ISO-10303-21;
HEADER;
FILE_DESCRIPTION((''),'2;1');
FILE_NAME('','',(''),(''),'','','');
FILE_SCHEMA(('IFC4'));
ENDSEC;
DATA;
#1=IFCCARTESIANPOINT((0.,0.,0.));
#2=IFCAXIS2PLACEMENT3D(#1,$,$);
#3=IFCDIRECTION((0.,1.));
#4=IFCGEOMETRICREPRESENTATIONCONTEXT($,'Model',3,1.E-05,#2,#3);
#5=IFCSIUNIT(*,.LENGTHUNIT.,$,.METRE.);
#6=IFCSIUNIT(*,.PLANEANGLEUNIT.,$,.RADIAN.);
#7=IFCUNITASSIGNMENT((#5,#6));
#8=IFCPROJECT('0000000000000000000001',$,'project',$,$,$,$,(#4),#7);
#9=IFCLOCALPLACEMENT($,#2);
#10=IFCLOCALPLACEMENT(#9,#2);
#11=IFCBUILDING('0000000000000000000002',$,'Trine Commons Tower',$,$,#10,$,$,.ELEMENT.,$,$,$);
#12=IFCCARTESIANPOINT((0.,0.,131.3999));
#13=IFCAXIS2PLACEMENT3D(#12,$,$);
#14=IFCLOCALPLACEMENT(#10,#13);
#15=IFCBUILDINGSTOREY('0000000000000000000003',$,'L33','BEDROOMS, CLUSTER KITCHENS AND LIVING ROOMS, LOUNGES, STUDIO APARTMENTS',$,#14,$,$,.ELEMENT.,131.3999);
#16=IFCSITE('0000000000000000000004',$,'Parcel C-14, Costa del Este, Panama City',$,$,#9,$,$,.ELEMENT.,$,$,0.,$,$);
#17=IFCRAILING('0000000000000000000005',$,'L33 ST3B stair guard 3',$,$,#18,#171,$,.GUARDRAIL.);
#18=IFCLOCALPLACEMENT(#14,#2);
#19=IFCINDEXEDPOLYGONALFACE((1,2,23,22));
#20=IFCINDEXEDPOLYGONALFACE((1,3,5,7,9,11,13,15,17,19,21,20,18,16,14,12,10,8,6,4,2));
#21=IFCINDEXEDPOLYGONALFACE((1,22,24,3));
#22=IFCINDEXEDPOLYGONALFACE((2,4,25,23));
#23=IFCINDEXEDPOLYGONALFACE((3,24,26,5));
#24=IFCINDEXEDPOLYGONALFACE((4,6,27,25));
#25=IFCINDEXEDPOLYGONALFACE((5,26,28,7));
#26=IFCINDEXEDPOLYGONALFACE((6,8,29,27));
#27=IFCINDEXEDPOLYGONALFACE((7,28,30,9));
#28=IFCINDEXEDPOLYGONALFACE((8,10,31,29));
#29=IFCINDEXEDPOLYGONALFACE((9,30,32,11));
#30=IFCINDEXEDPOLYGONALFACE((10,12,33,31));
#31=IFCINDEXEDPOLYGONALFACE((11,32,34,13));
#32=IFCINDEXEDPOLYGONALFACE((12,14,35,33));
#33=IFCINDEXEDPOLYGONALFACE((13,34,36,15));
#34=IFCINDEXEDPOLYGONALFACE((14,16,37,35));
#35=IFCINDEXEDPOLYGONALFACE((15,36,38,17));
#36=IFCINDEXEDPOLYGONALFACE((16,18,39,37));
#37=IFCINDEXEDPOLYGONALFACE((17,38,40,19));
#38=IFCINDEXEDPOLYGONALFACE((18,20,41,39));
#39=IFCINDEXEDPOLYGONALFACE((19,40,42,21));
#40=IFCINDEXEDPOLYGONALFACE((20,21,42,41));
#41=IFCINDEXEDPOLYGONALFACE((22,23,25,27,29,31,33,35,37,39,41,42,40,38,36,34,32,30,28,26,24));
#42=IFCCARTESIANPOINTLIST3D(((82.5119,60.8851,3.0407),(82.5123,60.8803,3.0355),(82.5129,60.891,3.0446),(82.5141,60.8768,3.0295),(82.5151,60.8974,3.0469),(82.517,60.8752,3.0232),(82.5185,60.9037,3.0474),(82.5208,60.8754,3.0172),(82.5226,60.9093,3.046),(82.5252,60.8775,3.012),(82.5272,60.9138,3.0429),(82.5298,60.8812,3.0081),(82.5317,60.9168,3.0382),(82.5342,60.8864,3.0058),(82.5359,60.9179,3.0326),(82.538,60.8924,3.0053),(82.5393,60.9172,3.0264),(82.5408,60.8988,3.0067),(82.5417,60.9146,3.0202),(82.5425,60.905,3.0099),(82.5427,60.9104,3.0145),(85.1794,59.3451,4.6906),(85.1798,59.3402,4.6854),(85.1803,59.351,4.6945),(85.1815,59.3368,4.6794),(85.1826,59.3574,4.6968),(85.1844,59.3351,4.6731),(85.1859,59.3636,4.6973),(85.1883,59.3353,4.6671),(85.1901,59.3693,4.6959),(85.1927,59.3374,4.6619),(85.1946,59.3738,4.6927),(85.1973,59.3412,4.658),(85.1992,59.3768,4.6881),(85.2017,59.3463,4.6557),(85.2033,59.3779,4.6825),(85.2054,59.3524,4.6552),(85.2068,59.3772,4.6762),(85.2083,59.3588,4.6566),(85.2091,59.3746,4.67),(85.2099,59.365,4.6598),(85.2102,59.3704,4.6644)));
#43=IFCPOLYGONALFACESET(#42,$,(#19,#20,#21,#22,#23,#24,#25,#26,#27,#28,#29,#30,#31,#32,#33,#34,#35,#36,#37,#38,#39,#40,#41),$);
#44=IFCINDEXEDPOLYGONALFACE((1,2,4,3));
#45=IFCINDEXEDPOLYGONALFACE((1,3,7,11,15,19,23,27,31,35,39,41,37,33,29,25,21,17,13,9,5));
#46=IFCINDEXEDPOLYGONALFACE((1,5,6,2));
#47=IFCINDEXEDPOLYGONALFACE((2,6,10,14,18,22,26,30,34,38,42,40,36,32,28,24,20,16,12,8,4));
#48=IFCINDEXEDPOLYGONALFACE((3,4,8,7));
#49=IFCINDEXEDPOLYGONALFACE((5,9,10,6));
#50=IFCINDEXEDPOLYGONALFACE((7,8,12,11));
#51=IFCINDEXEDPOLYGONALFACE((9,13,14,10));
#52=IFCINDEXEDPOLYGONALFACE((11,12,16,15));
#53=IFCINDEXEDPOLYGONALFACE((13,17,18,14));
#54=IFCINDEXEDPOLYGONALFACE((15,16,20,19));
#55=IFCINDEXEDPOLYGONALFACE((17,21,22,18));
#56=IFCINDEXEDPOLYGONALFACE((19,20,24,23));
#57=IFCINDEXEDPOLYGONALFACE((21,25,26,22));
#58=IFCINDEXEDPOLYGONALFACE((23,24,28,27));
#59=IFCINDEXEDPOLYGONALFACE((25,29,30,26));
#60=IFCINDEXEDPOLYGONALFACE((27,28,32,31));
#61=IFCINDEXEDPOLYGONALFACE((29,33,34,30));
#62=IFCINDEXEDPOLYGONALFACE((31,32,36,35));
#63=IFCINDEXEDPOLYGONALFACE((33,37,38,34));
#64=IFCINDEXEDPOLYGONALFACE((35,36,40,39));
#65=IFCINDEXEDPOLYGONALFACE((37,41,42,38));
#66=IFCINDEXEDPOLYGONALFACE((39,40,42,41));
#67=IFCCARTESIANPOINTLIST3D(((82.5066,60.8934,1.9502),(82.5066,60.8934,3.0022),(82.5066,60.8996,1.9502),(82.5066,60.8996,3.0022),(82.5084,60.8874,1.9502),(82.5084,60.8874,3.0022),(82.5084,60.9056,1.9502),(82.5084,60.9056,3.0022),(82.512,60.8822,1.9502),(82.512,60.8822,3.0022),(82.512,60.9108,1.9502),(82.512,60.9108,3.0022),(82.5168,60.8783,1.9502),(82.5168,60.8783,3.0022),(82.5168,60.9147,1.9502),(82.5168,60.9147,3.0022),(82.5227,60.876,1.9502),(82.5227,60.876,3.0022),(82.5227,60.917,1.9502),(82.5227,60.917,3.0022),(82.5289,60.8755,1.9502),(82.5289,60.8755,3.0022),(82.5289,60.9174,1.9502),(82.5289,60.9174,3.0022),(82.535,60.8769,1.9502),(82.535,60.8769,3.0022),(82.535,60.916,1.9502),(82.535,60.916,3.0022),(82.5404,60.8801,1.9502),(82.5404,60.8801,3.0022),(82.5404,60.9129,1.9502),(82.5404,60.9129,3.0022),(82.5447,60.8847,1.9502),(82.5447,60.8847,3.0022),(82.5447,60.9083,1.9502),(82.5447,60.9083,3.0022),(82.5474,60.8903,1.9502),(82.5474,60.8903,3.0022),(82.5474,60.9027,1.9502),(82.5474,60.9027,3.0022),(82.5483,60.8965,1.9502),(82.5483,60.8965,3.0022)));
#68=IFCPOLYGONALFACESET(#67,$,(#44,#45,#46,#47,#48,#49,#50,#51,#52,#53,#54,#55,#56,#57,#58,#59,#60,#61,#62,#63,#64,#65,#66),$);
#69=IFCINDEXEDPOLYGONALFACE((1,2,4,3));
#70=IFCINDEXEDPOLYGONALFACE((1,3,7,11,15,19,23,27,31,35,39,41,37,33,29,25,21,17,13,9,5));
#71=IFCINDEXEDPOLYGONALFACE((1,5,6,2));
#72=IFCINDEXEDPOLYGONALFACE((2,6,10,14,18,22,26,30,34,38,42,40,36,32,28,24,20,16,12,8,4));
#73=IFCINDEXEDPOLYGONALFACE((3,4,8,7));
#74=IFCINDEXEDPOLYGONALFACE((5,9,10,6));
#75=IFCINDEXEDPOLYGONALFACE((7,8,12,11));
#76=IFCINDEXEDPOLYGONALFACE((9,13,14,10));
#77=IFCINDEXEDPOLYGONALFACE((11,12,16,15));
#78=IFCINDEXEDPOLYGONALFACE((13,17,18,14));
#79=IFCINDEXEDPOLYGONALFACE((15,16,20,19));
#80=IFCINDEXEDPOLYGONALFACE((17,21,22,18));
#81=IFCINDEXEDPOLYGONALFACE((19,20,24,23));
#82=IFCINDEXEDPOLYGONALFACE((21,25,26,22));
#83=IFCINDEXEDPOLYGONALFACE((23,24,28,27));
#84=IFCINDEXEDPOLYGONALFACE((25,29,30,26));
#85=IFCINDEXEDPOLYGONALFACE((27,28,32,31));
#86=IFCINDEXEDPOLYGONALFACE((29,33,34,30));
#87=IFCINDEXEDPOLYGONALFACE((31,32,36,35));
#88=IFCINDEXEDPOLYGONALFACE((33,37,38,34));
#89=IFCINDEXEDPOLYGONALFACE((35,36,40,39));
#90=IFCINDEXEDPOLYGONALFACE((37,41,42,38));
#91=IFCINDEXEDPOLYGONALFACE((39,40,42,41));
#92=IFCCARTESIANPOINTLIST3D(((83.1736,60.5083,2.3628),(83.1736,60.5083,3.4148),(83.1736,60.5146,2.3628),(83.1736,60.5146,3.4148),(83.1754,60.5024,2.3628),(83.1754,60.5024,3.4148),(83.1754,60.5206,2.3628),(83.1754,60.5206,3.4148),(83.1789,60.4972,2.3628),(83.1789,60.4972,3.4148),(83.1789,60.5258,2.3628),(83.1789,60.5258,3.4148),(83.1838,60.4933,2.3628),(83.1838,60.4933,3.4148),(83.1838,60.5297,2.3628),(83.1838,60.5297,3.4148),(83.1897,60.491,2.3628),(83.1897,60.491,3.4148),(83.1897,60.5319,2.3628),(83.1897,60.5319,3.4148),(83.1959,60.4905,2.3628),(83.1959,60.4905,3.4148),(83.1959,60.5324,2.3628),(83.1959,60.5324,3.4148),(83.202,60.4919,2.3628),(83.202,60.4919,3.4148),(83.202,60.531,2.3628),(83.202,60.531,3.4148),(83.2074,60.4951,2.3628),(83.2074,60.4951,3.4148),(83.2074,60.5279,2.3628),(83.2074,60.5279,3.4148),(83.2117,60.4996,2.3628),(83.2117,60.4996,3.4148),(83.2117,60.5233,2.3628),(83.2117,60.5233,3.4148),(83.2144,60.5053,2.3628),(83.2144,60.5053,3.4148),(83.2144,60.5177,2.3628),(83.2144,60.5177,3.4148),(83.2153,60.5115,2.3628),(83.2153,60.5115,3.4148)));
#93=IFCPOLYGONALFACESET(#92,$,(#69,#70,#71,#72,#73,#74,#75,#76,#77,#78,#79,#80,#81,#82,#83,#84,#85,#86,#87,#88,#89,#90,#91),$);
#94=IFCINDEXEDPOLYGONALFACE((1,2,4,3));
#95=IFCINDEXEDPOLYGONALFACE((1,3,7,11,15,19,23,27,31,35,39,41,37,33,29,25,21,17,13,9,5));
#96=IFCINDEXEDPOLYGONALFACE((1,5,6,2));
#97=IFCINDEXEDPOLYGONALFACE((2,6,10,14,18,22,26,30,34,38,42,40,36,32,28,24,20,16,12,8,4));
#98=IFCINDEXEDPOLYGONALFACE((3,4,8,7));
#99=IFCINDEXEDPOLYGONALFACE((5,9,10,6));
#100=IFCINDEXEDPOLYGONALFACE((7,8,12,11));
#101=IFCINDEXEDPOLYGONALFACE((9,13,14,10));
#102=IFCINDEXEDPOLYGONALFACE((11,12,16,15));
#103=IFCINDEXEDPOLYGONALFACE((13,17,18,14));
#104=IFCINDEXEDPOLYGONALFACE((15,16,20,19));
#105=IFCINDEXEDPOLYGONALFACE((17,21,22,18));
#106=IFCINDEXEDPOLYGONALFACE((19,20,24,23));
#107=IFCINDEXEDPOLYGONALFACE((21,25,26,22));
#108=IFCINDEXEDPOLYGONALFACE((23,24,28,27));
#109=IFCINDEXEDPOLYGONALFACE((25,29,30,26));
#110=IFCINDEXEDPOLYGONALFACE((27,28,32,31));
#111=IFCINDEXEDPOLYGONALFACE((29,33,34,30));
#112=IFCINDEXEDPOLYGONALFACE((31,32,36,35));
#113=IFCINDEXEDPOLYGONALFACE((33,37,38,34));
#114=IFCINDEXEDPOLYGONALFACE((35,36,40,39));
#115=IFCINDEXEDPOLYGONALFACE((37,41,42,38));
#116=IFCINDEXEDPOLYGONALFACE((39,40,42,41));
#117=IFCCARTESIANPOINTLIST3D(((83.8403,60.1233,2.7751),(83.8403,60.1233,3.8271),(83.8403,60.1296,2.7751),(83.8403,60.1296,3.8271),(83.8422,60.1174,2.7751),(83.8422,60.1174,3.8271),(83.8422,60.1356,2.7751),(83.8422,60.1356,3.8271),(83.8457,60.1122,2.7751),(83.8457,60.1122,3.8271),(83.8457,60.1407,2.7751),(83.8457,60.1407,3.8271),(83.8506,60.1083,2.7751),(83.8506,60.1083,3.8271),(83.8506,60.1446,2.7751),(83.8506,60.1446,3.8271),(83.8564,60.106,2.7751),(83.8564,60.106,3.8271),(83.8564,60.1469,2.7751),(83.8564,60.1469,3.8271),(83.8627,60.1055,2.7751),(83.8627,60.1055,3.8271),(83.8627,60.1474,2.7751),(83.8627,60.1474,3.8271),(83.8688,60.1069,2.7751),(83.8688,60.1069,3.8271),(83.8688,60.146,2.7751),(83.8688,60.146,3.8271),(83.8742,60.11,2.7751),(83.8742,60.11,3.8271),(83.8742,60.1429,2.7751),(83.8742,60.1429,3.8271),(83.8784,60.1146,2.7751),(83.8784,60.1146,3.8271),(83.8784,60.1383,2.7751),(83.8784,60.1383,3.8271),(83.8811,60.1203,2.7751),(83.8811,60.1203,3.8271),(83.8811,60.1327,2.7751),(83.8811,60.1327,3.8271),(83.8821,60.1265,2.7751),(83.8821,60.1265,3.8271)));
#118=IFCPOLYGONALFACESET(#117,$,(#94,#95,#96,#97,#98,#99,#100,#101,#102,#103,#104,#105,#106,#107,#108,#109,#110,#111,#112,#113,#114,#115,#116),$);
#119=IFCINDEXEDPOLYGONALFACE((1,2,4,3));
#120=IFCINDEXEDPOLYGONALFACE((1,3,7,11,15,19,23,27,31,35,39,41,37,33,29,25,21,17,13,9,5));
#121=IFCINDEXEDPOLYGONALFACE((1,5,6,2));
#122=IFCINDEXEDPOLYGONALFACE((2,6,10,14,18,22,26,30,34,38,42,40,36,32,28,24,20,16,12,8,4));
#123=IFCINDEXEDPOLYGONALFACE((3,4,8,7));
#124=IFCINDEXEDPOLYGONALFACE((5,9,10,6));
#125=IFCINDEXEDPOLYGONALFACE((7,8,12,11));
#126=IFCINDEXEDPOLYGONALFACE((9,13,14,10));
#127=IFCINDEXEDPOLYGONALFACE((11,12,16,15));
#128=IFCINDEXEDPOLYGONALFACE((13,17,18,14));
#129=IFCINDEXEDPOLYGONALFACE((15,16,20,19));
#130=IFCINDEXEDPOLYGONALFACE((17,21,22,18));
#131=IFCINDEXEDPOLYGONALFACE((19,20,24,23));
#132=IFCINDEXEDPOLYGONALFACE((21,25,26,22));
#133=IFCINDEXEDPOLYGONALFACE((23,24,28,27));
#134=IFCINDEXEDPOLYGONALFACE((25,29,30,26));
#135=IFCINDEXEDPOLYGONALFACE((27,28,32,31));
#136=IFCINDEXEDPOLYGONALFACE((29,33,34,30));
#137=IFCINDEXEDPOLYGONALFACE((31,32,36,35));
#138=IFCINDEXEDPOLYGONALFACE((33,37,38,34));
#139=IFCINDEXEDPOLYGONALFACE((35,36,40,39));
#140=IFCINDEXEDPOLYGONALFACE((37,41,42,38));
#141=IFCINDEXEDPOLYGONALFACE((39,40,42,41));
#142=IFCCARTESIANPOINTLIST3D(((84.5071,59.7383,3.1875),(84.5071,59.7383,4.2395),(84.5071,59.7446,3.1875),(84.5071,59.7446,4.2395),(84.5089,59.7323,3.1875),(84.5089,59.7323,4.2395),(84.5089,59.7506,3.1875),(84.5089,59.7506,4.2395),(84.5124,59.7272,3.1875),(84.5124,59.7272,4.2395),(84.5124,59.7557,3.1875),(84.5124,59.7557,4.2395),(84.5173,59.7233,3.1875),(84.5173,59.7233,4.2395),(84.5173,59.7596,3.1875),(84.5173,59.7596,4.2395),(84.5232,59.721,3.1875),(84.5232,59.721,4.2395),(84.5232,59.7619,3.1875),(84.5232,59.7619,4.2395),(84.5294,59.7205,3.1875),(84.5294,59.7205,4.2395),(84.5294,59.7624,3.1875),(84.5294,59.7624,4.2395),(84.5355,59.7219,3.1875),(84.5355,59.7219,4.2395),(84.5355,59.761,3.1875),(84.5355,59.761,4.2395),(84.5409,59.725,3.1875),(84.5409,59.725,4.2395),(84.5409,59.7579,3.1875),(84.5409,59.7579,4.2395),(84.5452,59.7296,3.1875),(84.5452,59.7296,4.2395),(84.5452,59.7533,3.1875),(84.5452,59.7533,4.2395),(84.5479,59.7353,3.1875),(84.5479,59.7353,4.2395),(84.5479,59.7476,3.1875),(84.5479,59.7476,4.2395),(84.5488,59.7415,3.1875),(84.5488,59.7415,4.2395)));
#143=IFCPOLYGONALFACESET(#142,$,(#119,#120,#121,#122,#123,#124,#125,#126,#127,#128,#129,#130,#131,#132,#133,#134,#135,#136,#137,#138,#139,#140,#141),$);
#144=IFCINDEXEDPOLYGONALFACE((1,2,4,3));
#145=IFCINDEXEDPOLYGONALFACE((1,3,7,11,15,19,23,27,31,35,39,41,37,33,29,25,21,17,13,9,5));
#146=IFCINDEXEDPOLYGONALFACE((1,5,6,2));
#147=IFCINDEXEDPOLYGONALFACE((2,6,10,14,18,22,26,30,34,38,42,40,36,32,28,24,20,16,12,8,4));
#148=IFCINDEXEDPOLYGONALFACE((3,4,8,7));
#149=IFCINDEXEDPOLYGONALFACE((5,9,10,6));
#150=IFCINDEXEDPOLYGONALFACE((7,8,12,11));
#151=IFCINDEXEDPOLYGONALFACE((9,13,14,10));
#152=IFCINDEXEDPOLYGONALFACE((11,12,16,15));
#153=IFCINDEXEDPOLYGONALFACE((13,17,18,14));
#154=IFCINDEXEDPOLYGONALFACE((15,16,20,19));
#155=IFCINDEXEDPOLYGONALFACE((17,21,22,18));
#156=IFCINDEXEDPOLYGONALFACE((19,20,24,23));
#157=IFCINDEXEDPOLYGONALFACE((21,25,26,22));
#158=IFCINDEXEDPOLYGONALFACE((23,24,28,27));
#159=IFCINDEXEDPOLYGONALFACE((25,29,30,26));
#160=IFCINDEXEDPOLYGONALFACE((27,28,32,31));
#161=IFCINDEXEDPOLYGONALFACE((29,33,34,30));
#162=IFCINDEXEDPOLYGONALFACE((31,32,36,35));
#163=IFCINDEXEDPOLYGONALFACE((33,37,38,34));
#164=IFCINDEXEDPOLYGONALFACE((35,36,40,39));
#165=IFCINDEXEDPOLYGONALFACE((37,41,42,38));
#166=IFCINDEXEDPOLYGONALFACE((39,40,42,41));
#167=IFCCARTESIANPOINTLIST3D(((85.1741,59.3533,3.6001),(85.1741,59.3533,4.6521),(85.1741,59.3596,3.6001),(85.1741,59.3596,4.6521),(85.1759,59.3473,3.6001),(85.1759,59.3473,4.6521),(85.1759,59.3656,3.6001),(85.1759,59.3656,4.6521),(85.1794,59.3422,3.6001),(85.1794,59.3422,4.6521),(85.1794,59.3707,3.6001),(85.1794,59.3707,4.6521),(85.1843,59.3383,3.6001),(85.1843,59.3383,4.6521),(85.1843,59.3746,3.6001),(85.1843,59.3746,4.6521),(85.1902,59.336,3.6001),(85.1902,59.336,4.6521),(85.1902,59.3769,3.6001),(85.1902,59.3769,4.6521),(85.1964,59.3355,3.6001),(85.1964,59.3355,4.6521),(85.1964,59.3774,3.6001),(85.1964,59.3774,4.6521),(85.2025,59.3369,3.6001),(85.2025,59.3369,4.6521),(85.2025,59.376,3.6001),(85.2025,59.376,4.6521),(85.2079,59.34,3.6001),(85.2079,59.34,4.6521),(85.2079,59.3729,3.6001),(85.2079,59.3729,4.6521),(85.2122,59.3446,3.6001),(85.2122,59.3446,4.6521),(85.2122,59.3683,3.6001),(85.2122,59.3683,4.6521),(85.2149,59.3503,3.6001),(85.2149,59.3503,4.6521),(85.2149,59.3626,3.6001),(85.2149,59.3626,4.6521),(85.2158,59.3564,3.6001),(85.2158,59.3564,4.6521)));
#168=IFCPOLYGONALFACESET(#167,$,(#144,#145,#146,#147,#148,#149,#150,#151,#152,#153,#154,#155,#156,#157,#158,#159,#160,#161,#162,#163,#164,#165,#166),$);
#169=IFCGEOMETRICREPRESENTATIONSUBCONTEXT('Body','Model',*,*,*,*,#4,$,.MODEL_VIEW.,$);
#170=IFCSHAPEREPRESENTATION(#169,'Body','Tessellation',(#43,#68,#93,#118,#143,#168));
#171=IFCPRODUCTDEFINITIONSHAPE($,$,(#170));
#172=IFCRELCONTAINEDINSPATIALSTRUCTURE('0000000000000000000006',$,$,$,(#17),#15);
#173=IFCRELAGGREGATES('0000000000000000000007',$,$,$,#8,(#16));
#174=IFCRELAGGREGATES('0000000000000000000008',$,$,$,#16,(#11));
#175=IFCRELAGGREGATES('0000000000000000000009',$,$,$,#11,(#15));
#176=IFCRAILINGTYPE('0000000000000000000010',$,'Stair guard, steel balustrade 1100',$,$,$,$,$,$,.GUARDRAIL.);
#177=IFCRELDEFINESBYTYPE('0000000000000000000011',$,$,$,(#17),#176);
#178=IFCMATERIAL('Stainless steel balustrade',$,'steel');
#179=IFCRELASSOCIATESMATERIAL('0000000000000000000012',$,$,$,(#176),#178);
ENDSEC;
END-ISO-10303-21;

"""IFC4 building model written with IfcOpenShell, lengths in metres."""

from ifc_helpers import new_model, si_unit, direction, frame, origin, origin_2d, place, context, subcontext, project, spatial, circle, extrude, material, type_object, element, save


model = new_model("IFC4")

# Units and contexts
model_context = context("Model", 3, precision=1e-05, world=origin(), true_north=direction((0.0, 1.0)))
body_context = subcontext(model_context, "Body", "Model", "MODEL_VIEW")
ifc_project = project(units=[si_unit("LENGTHUNIT", "METRE"), si_unit("PLANEANGLEUNIT", "RADIAN")], contexts=[model_context])

# Site, building, storey
site_placement = place(None, origin())
site = spatial("IfcSite", under=ifc_project, at=site_placement, Name="Parcel C-14, Costa del Este, Panama City", CompositionType="ELEMENT", RefElevation=0.0)
building_placement = place(site_placement, origin())
building = spatial("IfcBuilding", under=site, at=building_placement, Name="Trine Commons Tower", CompositionType="ELEMENT")
storey_placement = place(building_placement, frame((0.0, 0.0, 131.3999)))
storey = spatial("IfcBuildingStorey", under=building, at=storey_placement, Name="L33", Description="BEDROOMS, CLUSTER KITCHENS AND LIVING ROOMS, LOUNGES, STUDIO APARTMENTS", CompositionType="ELEMENT", Elevation=131.3999)

# Railing
ifc_material_1 = material(Name="Stainless steel balustrade", Category="steel")
railing_type_1 = type_object("IfcRailingType", Name="Stair guard, steel balustrade 1100", PredefinedType="GUARDRAIL", material=ifc_material_1)
railing_1_placement = place(storey_placement, frame((82.5273, 60.8965, 1.9502)))
element("IfcRailing", 1, at=railing_1_placement, inside=storey, type_object=railing_type_1, Name="L33 ST3B stair guard 3", PredefinedType="GUARDRAIL", context=body_context, shape_type="SweptSolid", body=[
    extrude(circle(Radius=0.0239, at=origin_2d()), frame((0.0, 0.0, 1.0762), z_axis=(0.763405, -0.440743, 0.472185), x_axis=(0.499992, 0.86603, 0.0)), (0.0, 0.0, 1.0), 3.4941),
    extrude(circle(Radius=0.021, at=origin_2d()), origin(), (0.0, 0.0, 1.0), 1.052),
    extrude(circle(Radius=0.021, at=origin_2d()), frame((0.667, -0.385, 0.4126)), (0.0, 0.0, 1.0), 1.052),
    extrude(circle(Radius=0.021, at=origin_2d()), frame((1.3337, -0.77, 0.825)), (0.0, 0.0, 1.0), 1.052),
    extrude(circle(Radius=0.021, at=origin_2d()), frame((2.0005, -1.155, 1.2373)), (0.0, 0.0, 1.0), 1.052),
    extrude(circle(Radius=0.021, at=origin_2d()), frame((2.6675, -1.54, 1.6499)), (0.0, 0.0, 1.0), 1.052),
])

save(model, "model.ifc")
